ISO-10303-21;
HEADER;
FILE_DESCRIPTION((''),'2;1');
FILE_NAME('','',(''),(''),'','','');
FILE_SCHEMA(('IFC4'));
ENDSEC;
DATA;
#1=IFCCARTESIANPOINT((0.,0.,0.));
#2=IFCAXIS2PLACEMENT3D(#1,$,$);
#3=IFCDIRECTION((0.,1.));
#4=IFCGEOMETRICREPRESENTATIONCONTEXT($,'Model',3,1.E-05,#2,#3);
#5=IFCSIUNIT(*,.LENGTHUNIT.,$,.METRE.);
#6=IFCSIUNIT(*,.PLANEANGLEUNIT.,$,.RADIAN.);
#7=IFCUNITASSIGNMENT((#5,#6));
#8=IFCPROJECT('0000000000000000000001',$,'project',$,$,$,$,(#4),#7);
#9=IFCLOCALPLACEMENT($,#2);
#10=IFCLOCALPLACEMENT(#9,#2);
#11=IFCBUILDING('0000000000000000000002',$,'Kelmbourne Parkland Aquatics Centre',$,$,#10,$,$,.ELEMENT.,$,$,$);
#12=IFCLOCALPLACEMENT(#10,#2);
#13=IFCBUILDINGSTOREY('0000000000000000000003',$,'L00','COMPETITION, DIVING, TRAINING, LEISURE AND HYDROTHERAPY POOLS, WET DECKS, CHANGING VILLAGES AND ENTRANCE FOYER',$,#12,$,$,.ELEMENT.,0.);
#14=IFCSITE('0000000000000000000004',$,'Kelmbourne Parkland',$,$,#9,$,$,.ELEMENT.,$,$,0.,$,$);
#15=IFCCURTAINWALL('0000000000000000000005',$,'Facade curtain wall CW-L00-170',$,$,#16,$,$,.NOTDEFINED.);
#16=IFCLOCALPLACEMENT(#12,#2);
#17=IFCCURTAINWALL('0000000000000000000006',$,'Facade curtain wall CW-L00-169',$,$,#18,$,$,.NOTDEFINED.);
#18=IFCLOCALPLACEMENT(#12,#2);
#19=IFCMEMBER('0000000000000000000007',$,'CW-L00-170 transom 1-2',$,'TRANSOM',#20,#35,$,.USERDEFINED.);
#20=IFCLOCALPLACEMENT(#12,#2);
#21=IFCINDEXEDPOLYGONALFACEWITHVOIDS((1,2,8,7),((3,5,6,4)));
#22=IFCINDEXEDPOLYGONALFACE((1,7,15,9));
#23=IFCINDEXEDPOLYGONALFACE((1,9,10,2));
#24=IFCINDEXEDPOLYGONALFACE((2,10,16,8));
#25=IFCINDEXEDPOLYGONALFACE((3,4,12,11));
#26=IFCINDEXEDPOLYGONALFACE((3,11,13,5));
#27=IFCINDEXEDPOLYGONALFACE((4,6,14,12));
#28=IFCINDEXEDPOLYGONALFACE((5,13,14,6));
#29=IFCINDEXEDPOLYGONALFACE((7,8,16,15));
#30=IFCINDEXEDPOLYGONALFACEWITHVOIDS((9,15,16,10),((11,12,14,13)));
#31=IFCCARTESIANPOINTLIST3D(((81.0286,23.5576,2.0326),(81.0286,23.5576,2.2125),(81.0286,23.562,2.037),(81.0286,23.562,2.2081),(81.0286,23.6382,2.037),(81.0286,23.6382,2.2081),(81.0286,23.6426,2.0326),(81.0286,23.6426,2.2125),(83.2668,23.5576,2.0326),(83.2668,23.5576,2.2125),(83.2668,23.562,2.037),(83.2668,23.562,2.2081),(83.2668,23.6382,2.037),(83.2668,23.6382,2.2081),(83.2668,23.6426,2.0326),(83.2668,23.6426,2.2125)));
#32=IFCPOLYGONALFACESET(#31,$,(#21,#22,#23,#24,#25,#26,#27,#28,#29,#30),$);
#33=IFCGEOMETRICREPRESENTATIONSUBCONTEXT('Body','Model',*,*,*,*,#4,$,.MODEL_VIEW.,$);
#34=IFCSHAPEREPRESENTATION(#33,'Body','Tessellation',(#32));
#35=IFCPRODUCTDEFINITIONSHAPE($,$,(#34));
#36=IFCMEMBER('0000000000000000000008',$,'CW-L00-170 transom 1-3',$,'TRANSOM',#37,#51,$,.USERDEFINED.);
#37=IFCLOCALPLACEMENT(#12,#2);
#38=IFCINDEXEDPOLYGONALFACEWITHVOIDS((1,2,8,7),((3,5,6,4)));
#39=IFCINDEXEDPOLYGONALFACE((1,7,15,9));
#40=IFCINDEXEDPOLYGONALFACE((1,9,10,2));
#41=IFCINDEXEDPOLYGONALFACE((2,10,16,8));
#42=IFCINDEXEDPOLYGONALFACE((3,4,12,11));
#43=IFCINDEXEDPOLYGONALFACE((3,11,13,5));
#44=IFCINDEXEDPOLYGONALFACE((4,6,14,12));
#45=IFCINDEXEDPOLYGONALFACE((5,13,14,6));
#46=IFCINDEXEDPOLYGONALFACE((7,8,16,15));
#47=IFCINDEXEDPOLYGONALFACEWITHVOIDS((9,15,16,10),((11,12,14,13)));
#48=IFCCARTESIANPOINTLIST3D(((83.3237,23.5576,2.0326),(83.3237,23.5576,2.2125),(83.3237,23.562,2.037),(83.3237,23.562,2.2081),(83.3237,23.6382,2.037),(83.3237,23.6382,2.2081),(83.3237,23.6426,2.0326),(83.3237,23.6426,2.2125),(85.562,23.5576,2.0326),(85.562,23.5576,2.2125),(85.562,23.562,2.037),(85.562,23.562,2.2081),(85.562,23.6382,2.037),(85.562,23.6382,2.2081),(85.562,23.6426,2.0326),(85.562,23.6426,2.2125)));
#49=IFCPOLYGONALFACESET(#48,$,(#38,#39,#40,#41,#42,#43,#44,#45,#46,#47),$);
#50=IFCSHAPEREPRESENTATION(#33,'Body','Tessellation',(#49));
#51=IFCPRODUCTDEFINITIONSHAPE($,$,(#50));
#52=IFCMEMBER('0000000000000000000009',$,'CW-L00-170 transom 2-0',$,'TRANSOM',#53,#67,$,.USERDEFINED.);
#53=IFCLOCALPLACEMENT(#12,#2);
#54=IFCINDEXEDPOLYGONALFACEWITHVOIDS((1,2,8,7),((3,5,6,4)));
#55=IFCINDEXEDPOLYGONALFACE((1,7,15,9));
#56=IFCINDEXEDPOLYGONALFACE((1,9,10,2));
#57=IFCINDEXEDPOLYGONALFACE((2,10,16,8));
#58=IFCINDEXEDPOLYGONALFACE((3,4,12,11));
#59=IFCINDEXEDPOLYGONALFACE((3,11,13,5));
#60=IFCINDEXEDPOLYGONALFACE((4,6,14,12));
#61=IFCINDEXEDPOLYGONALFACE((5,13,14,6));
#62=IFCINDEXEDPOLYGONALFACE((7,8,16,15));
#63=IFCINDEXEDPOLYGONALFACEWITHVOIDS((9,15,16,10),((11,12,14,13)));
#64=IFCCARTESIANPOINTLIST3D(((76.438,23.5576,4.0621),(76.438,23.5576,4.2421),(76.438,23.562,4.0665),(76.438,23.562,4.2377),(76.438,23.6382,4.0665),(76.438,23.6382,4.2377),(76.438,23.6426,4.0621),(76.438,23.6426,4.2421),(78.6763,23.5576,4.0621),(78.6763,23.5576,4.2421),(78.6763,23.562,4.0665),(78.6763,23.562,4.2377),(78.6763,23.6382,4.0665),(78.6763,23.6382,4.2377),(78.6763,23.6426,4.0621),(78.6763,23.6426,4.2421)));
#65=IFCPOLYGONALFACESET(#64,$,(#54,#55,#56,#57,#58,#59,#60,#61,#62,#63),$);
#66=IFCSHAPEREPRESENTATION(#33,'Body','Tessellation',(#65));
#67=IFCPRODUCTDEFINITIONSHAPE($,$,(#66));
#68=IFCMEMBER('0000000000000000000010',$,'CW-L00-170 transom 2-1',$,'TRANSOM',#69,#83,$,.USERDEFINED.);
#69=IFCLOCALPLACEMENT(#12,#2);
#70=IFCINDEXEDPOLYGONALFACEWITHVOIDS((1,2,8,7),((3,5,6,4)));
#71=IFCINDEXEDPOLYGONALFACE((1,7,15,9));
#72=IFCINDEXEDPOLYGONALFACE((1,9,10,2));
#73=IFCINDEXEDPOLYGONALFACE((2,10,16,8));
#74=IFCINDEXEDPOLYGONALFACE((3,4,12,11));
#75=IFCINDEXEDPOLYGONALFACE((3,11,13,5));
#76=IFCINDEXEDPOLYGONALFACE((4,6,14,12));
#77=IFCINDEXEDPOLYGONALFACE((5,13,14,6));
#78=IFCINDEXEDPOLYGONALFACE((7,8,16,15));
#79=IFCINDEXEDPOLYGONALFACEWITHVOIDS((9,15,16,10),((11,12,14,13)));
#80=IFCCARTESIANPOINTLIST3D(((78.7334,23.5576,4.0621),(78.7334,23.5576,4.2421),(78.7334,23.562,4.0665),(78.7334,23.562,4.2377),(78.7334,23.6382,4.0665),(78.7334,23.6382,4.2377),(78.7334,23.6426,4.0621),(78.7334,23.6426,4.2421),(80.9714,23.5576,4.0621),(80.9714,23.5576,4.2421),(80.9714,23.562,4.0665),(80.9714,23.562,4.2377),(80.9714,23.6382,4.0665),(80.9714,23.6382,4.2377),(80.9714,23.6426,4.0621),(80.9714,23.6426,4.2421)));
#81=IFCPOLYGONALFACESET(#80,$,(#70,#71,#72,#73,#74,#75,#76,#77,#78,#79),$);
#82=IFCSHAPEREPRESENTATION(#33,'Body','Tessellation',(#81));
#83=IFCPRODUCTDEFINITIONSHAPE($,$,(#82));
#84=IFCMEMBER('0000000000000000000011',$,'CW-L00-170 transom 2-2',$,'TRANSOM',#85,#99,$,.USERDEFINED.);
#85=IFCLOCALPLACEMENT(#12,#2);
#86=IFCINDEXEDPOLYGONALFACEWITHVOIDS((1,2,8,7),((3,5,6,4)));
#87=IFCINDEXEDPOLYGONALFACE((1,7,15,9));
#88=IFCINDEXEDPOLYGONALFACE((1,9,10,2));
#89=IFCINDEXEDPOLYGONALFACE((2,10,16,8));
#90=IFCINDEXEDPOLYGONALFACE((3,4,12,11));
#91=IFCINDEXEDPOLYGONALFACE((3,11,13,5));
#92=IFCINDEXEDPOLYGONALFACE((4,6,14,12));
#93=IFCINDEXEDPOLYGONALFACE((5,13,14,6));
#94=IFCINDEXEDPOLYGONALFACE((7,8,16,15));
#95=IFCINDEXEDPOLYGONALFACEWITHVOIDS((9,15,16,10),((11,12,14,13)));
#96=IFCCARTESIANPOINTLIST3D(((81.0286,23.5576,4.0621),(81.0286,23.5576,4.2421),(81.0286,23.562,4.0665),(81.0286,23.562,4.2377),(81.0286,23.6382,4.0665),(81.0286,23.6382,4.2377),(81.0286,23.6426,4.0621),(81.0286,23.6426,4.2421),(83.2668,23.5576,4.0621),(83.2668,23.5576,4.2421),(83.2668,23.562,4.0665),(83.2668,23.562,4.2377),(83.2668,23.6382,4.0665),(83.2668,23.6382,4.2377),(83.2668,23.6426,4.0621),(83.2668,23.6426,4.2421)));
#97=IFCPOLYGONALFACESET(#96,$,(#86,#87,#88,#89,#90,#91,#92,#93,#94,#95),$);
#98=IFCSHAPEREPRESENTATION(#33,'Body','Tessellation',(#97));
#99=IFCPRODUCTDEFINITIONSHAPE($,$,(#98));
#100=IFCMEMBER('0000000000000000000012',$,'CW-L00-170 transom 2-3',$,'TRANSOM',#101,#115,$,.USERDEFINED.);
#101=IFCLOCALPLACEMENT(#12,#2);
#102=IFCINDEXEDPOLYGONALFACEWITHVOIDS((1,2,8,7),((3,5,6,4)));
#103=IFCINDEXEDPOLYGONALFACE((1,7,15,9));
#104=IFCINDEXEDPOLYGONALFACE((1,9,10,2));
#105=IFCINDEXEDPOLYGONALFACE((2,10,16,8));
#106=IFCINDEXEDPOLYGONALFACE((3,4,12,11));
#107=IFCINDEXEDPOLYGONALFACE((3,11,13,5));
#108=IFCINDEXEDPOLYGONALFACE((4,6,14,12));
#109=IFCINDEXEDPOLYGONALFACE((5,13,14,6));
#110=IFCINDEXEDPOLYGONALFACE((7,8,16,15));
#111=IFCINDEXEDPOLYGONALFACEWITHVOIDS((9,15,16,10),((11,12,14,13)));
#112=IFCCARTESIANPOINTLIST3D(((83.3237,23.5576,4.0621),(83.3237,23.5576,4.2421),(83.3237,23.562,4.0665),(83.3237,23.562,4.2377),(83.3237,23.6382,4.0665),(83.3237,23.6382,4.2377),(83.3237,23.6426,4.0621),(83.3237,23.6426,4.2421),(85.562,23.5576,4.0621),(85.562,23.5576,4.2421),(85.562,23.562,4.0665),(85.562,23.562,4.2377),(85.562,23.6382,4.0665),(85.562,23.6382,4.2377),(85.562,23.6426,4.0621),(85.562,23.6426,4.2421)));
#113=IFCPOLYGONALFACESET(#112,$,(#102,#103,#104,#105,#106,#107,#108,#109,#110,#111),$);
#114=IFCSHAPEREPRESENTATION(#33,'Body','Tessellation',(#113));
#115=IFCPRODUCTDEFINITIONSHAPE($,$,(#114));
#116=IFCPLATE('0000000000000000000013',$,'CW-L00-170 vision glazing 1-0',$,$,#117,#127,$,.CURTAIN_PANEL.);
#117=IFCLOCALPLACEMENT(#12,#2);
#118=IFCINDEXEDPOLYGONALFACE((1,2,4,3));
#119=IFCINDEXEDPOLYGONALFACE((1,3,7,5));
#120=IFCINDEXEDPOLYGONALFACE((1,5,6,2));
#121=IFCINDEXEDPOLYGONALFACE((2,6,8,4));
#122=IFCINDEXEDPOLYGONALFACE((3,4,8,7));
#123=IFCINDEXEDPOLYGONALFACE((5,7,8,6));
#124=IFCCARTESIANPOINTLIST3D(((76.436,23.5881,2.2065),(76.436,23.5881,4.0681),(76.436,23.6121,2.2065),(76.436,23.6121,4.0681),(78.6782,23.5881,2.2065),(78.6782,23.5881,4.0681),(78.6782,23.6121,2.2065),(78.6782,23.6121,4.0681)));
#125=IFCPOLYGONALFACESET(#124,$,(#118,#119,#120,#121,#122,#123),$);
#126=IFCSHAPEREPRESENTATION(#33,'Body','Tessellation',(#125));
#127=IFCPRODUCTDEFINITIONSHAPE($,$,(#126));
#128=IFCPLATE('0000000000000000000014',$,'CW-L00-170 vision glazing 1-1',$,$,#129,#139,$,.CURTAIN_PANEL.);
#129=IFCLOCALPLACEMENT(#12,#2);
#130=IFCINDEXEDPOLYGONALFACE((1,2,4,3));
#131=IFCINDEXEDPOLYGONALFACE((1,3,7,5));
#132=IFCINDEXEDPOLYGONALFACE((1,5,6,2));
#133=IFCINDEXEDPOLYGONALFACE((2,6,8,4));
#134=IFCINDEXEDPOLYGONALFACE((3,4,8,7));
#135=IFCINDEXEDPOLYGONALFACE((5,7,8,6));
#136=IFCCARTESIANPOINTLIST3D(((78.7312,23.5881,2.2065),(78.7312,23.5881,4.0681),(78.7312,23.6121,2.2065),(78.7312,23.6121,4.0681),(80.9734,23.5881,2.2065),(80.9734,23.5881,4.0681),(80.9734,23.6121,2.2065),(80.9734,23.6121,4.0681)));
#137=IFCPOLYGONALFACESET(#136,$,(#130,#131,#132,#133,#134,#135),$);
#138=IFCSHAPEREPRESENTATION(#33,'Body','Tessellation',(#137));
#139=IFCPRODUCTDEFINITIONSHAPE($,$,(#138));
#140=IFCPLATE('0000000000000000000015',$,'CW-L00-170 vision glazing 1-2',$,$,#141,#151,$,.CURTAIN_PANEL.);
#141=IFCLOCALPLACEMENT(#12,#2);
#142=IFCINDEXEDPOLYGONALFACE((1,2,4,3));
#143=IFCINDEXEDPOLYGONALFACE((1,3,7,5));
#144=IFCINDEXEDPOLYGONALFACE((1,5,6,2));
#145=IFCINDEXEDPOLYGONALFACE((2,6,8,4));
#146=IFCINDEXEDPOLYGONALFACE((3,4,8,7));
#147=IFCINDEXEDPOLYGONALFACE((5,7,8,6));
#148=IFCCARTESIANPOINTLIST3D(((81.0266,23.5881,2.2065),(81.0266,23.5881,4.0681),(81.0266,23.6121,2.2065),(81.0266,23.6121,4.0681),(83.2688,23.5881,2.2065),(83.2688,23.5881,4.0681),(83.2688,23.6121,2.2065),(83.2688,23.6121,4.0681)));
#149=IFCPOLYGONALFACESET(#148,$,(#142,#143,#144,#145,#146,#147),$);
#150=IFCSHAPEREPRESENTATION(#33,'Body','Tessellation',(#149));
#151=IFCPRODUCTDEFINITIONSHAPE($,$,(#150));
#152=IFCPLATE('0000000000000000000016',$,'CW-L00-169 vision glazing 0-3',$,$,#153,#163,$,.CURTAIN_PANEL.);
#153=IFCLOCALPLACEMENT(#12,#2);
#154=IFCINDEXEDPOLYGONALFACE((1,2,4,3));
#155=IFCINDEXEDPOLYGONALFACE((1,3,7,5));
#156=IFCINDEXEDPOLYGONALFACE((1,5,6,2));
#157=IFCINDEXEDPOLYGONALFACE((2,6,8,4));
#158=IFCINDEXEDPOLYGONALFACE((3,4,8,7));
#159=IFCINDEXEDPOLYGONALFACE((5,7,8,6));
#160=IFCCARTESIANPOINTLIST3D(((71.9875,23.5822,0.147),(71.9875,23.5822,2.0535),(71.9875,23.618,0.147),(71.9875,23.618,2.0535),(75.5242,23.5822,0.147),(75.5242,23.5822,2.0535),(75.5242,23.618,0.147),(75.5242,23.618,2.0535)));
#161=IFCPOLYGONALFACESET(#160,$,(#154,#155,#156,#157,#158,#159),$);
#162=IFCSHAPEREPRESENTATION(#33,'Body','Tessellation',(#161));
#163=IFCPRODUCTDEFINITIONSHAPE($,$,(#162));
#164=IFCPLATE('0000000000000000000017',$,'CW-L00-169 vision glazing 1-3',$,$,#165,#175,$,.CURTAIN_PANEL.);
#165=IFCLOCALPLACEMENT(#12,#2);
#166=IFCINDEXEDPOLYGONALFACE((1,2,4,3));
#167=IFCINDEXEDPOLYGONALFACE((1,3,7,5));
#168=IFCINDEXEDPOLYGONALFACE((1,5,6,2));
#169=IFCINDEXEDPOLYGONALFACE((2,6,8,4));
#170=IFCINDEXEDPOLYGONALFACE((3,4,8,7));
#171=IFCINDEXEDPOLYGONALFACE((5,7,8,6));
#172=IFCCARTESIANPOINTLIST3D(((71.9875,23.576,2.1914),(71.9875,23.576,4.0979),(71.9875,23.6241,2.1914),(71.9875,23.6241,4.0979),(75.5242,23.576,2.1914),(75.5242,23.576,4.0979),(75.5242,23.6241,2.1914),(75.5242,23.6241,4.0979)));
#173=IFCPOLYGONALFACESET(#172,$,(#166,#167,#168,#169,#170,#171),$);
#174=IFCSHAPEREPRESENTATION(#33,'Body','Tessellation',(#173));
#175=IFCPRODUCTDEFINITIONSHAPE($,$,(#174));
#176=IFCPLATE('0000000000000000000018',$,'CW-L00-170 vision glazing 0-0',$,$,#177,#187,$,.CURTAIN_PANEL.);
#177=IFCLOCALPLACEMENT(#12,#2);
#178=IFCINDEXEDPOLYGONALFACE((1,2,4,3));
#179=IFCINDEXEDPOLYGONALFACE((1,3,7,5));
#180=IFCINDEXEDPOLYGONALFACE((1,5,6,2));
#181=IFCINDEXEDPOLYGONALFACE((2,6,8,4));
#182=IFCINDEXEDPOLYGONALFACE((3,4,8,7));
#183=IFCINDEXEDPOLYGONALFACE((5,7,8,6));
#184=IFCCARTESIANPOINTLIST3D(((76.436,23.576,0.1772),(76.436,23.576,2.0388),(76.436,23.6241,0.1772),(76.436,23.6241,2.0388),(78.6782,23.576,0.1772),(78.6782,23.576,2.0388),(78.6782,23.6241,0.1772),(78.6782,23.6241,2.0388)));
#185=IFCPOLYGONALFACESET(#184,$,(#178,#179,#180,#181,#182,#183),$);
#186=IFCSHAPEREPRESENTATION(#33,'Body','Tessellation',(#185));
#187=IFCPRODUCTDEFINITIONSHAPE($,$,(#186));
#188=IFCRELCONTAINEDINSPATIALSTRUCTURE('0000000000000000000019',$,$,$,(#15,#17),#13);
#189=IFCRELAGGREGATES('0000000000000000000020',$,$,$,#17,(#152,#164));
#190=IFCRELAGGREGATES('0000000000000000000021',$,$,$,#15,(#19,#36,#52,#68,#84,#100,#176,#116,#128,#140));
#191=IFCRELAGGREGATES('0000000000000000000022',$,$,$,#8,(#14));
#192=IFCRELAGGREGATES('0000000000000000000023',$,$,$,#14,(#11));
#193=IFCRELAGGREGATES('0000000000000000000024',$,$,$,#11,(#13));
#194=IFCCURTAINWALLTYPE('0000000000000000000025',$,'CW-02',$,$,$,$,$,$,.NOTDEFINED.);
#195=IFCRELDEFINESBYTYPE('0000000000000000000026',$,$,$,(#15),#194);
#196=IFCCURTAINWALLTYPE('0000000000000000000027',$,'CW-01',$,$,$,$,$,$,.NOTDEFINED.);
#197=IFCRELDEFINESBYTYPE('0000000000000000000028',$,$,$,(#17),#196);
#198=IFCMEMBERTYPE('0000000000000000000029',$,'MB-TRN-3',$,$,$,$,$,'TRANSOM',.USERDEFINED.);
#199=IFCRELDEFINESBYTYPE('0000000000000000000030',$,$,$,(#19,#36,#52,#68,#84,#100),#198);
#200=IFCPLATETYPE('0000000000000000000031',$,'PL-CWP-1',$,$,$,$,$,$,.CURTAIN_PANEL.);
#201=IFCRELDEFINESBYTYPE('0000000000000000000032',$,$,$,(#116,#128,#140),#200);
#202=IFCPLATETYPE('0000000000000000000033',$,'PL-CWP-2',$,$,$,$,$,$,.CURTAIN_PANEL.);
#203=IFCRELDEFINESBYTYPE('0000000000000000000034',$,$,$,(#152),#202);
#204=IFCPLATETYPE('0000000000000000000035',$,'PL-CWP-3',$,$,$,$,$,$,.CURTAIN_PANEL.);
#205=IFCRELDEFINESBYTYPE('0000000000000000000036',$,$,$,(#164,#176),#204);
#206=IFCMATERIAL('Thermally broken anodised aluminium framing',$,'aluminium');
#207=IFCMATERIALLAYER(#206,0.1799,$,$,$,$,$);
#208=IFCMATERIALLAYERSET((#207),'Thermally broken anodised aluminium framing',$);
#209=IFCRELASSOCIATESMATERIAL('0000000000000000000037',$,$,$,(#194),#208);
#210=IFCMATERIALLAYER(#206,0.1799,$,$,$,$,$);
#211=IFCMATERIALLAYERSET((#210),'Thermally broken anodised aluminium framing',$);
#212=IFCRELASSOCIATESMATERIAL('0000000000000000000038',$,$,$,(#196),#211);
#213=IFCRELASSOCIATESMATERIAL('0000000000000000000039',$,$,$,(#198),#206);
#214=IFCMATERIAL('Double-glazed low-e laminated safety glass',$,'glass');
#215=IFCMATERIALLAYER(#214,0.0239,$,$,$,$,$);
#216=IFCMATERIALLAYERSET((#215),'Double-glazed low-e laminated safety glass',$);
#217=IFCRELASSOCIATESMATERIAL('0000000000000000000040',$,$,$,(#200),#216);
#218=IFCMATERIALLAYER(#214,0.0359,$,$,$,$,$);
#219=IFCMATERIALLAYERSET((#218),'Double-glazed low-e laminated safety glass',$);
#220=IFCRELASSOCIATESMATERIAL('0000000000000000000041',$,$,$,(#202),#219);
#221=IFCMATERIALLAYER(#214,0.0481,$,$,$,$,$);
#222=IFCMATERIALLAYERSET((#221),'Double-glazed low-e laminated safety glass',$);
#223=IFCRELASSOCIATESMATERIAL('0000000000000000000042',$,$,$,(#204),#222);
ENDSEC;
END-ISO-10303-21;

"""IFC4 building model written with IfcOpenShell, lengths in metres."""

from ifc_helpers import new_model, si_unit, direction, frame, origin, origin_2d, place, context, subcontext, project, spatial, rectangle, hollow_rectangle, extrude, material, layer, layer_set, material_profile, profile_set, type_object, element, aggregate, save


model = new_model("IFC4")

# Units and contexts
model_context = context("Model", 3, precision=1e-05, world=origin(), true_north=direction((0.0, 1.0)))
body_context = subcontext(model_context, "Body", "Model", "MODEL_VIEW")
ifc_project = project(units=[si_unit("LENGTHUNIT", "METRE"), si_unit("PLANEANGLEUNIT", "RADIAN")], contexts=[model_context])

# Site, building, storey
site_placement = place(None, origin())
site = spatial("IfcSite", under=ifc_project, at=site_placement, Name="Kelmbourne Parkland", CompositionType="ELEMENT", RefElevation=0.0)
building_placement = place(site_placement, origin())
building = spatial("IfcBuilding", under=site, at=building_placement, Name="Kelmbourne Parkland Aquatics Centre", CompositionType="ELEMENT")
storey_placement = place(building_placement, origin())
storey = spatial("IfcBuildingStorey", under=building, at=storey_placement, Name="L00", Description="COMPETITION, DIVING, TRAINING, LEISURE AND HYDROTHERAPY POOLS, WET DECKS, CHANGING VILLAGES AND ENTRANCE FOYER", CompositionType="ELEMENT", Elevation=0.0)

# Curtain wall
ifc_material_1 = material(Name="Thermally broken anodised aluminium framing", Category="aluminium")
ifc_layer_1 = layer(ifc_material_1, 0.1799)
ifc_layer_set_1 = layer_set([ifc_layer_1], Name="Thermally broken anodised aluminium framing")
curtain_wall_type_1 = type_object("IfcCurtainWallType", Name="CW-02", PredefinedType="NOTDEFINED", material=ifc_layer_set_1)
curtain_wall_1_placement = place(storey_placement, origin())
curtain_wall_1 = element("IfcCurtainWall", 1, at=curtain_wall_1_placement, inside=storey, type_object=curtain_wall_type_1, Name="Facade curtain wall CW-L00-170", PredefinedType="NOTDEFINED")

# Curtain wall
ifc_layer_2 = layer(ifc_material_1, 0.1799)
ifc_layer_set_2 = layer_set([ifc_layer_2], Name="Thermally broken anodised aluminium framing")
curtain_wall_type_2 = type_object("IfcCurtainWallType", Name="CW-01", PredefinedType="NOTDEFINED", material=ifc_layer_set_2)
curtain_wall_2_placement = place(storey_placement, origin())
curtain_wall_2 = element("IfcCurtainWall", 2, at=curtain_wall_2_placement, inside=storey, type_object=curtain_wall_type_2, Name="Facade curtain wall CW-L00-169", PredefinedType="NOTDEFINED")

# Members
ifc_material_profile_1 = material_profile(ifc_material_1, hollow_rectangle(XDim=0.085, YDim=0.1799, WallThickness=0.0044, at=origin_2d()), Name="CW-T 85x180")
ifc_profile_set_1 = profile_set([ifc_material_profile_1], Name="Thermally broken anodised aluminium framing")
member_type_1 = type_object("IfcMemberType", Name="MB-TRN-3", ElementType="TRANSOM", PredefinedType="USERDEFINED", material=ifc_profile_set_1)
member_1_placement = place(storey_placement, frame((81.0286, 23.6001, 2.1226), z_axis=(1.0, 0.0, 0.0), x_axis=(0.0, 1.0, 0.0)))
member_1 = element("IfcMember", 3, at=member_1_placement, type_object=member_type_1, Name="CW-L00-170 transom 1-2", ObjectType="TRANSOM", PredefinedType="USERDEFINED", context=body_context, shape_type="SweptSolid", body=[
    extrude(hollow_rectangle(XDim=0.085, YDim=0.1799, WallThickness=0.0044, at=origin_2d()), origin(), (0.0, 0.0, 1.0), 2.2383),
])
member_2_placement = place(storey_placement, frame((83.3237, 23.6001, 2.1226), z_axis=(1.0, 0.0, 0.0), x_axis=(0.0, 1.0, 0.0)))
member_2 = element("IfcMember", 4, at=member_2_placement, type_object=member_type_1, Name="CW-L00-170 transom 1-3", ObjectType="TRANSOM", PredefinedType="USERDEFINED", context=body_context, shape_type="SweptSolid", body=[
    extrude(hollow_rectangle(XDim=0.085, YDim=0.1799, WallThickness=0.0044, at=origin_2d()), origin(), (0.0, 0.0, 1.0), 2.2383),
])
member_3_placement = place(storey_placement, frame((76.438, 23.6001, 4.1521), z_axis=(1.0, 0.0, 0.0), x_axis=(0.0, 1.0, 0.0)))
member_3 = element("IfcMember", 5, at=member_3_placement, type_object=member_type_1, Name="CW-L00-170 transom 2-0", ObjectType="TRANSOM", PredefinedType="USERDEFINED", context=body_context, shape_type="SweptSolid", body=[
    extrude(hollow_rectangle(XDim=0.085, YDim=0.1799, WallThickness=0.0044, at=origin_2d()), origin(), (0.0, 0.0, 1.0), 2.2383),
])
member_4_placement = place(storey_placement, frame((78.7334, 23.6001, 4.1521), z_axis=(1.0, 0.0, 0.0), x_axis=(0.0, 1.0, 0.0)))
member_4 = element("IfcMember", 6, at=member_4_placement, type_object=member_type_1, Name="CW-L00-170 transom 2-1", ObjectType="TRANSOM", PredefinedType="USERDEFINED", context=body_context, shape_type="SweptSolid", body=[
    extrude(hollow_rectangle(XDim=0.085, YDim=0.1799, WallThickness=0.0044, at=origin_2d()), origin(), (0.0, 0.0, 1.0), 2.238),
])
member_5_placement = place(storey_placement, frame((81.0286, 23.6001, 4.1521), z_axis=(1.0, 0.0, 0.0), x_axis=(0.0, 1.0, 0.0)))
member_5 = element("IfcMember", 7, at=member_5_placement, type_object=member_type_1, Name="CW-L00-170 transom 2-2", ObjectType="TRANSOM", PredefinedType="USERDEFINED", context=body_context, shape_type="SweptSolid", body=[
    extrude(hollow_rectangle(XDim=0.085, YDim=0.1799, WallThickness=0.0044, at=origin_2d()), origin(), (0.0, 0.0, 1.0), 2.2383),
])
member_6_placement = place(storey_placement, frame((83.3237, 23.6001, 4.1521), z_axis=(1.0, 0.0, 0.0), x_axis=(0.0, 1.0, 0.0)))
member_6 = element("IfcMember", 8, at=member_6_placement, type_object=member_type_1, Name="CW-L00-170 transom 2-3", ObjectType="TRANSOM", PredefinedType="USERDEFINED", context=body_context, shape_type="SweptSolid", body=[
    extrude(hollow_rectangle(XDim=0.085, YDim=0.1799, WallThickness=0.0044, at=origin_2d()), origin(), (0.0, 0.0, 1.0), 2.2383),
])

# Plates
ifc_material_2 = material(Name="Double-glazed low-e laminated safety glass", Category="glass")
ifc_layer_3 = layer(ifc_material_2, 0.0239)
ifc_layer_set_3 = layer_set([ifc_layer_3], Name="Double-glazed low-e laminated safety glass")
plate_type_1 = type_object("IfcPlateType", Name="PL-CWP-1", PredefinedType="CURTAIN_PANEL", material=ifc_layer_set_3)
plate_1_placement = place(storey_placement, frame((77.5571, 23.6001, 2.2065), z_axis=(0.0, 0.0, 1.0), x_axis=(1.0, 0.0, 0.0)))
plate_1 = element("IfcPlate", 9, at=plate_1_placement, type_object=plate_type_1, Name="CW-L00-170 vision glazing 1-0", PredefinedType="CURTAIN_PANEL", context=body_context, shape_type="SweptSolid", body=[
    extrude(rectangle(XDim=2.2422, YDim=0.0239, at=origin_2d()), origin(), (0.0, 0.0, 1.0), 1.8616),
])
plate_2_placement = place(storey_placement, frame((79.8523, 23.6001, 2.2065), z_axis=(0.0, 0.0, 1.0), x_axis=(1.0, 0.0, 0.0)))
plate_2 = element("IfcPlate", 10, at=plate_2_placement, type_object=plate_type_1, Name="CW-L00-170 vision glazing 1-1", PredefinedType="CURTAIN_PANEL", context=body_context, shape_type="SweptSolid", body=[
    extrude(rectangle(XDim=2.2422, YDim=0.0239, at=origin_2d()), origin(), (0.0, 0.0, 1.0), 1.8616),
])
plate_3_placement = place(storey_placement, frame((82.1477, 23.6001, 2.2065), z_axis=(0.0, 0.0, 1.0), x_axis=(1.0, 0.0, 0.0)))
plate_3 = element("IfcPlate", 11, at=plate_3_placement, type_object=plate_type_1, Name="CW-L00-170 vision glazing 1-2", PredefinedType="CURTAIN_PANEL", context=body_context, shape_type="SweptSolid", body=[
    extrude(rectangle(XDim=2.2422, YDim=0.0239, at=origin_2d()), origin(), (0.0, 0.0, 1.0), 1.8616),
])
ifc_layer_4 = layer(ifc_material_2, 0.0359)
ifc_layer_set_4 = layer_set([ifc_layer_4], Name="Double-glazed low-e laminated safety glass")
plate_type_2 = type_object("IfcPlateType", Name="PL-CWP-2", PredefinedType="CURTAIN_PANEL", material=ifc_layer_set_4)
plate_4_placement = place(storey_placement, frame((73.7559, 23.6001, 0.147), z_axis=(0.0, 0.0, 1.0), x_axis=(1.0, 0.0, 0.0)))
plate_4 = element("IfcPlate", 12, at=plate_4_placement, type_object=plate_type_2, Name="CW-L00-169 vision glazing 0-3", PredefinedType="CURTAIN_PANEL", context=body_context, shape_type="SweptSolid", body=[
    extrude(rectangle(XDim=3.5366, YDim=0.0359, at=origin_2d()), origin(), (0.0, 0.0, 1.0), 1.9065),
])
ifc_layer_5 = layer(ifc_material_2, 0.0481)
ifc_layer_set_5 = layer_set([ifc_layer_5], Name="Double-glazed low-e laminated safety glass")
plate_type_3 = type_object("IfcPlateType", Name="PL-CWP-3", PredefinedType="CURTAIN_PANEL", material=ifc_layer_set_5)
plate_5_placement = place(storey_placement, frame((73.7559, 23.6001, 2.1914), z_axis=(0.0, 0.0, 1.0), x_axis=(1.0, 0.0, 0.0)))
plate_5 = element("IfcPlate", 13, at=plate_5_placement, type_object=plate_type_3, Name="CW-L00-169 vision glazing 1-3", PredefinedType="CURTAIN_PANEL", context=body_context, shape_type="SweptSolid", body=[
    extrude(rectangle(XDim=3.5366, YDim=0.0481, at=origin_2d()), origin(), (0.0, 0.0, 1.0), 1.9065),
])
aggregate(curtain_wall_2, [plate_4, plate_5])
plate_6_placement = place(storey_placement, frame((77.5571, 23.6001, 0.1772), z_axis=(0.0, 0.0, 1.0), x_axis=(1.0, 0.0, 0.0)))
plate_6 = element("IfcPlate", 14, at=plate_6_placement, type_object=plate_type_3, Name="CW-L00-170 vision glazing 0-0", PredefinedType="CURTAIN_PANEL", context=body_context, shape_type="SweptSolid", body=[
    extrude(rectangle(XDim=2.2422, YDim=0.0481, at=origin_2d()), origin(), (0.0, 0.0, 1.0), 1.8616),
])
aggregate(curtain_wall_1, [member_1, member_2, member_3, member_4, member_5, member_6, plate_6, plate_1, plate_2, plate_3])

save(model, "model.ifc")
